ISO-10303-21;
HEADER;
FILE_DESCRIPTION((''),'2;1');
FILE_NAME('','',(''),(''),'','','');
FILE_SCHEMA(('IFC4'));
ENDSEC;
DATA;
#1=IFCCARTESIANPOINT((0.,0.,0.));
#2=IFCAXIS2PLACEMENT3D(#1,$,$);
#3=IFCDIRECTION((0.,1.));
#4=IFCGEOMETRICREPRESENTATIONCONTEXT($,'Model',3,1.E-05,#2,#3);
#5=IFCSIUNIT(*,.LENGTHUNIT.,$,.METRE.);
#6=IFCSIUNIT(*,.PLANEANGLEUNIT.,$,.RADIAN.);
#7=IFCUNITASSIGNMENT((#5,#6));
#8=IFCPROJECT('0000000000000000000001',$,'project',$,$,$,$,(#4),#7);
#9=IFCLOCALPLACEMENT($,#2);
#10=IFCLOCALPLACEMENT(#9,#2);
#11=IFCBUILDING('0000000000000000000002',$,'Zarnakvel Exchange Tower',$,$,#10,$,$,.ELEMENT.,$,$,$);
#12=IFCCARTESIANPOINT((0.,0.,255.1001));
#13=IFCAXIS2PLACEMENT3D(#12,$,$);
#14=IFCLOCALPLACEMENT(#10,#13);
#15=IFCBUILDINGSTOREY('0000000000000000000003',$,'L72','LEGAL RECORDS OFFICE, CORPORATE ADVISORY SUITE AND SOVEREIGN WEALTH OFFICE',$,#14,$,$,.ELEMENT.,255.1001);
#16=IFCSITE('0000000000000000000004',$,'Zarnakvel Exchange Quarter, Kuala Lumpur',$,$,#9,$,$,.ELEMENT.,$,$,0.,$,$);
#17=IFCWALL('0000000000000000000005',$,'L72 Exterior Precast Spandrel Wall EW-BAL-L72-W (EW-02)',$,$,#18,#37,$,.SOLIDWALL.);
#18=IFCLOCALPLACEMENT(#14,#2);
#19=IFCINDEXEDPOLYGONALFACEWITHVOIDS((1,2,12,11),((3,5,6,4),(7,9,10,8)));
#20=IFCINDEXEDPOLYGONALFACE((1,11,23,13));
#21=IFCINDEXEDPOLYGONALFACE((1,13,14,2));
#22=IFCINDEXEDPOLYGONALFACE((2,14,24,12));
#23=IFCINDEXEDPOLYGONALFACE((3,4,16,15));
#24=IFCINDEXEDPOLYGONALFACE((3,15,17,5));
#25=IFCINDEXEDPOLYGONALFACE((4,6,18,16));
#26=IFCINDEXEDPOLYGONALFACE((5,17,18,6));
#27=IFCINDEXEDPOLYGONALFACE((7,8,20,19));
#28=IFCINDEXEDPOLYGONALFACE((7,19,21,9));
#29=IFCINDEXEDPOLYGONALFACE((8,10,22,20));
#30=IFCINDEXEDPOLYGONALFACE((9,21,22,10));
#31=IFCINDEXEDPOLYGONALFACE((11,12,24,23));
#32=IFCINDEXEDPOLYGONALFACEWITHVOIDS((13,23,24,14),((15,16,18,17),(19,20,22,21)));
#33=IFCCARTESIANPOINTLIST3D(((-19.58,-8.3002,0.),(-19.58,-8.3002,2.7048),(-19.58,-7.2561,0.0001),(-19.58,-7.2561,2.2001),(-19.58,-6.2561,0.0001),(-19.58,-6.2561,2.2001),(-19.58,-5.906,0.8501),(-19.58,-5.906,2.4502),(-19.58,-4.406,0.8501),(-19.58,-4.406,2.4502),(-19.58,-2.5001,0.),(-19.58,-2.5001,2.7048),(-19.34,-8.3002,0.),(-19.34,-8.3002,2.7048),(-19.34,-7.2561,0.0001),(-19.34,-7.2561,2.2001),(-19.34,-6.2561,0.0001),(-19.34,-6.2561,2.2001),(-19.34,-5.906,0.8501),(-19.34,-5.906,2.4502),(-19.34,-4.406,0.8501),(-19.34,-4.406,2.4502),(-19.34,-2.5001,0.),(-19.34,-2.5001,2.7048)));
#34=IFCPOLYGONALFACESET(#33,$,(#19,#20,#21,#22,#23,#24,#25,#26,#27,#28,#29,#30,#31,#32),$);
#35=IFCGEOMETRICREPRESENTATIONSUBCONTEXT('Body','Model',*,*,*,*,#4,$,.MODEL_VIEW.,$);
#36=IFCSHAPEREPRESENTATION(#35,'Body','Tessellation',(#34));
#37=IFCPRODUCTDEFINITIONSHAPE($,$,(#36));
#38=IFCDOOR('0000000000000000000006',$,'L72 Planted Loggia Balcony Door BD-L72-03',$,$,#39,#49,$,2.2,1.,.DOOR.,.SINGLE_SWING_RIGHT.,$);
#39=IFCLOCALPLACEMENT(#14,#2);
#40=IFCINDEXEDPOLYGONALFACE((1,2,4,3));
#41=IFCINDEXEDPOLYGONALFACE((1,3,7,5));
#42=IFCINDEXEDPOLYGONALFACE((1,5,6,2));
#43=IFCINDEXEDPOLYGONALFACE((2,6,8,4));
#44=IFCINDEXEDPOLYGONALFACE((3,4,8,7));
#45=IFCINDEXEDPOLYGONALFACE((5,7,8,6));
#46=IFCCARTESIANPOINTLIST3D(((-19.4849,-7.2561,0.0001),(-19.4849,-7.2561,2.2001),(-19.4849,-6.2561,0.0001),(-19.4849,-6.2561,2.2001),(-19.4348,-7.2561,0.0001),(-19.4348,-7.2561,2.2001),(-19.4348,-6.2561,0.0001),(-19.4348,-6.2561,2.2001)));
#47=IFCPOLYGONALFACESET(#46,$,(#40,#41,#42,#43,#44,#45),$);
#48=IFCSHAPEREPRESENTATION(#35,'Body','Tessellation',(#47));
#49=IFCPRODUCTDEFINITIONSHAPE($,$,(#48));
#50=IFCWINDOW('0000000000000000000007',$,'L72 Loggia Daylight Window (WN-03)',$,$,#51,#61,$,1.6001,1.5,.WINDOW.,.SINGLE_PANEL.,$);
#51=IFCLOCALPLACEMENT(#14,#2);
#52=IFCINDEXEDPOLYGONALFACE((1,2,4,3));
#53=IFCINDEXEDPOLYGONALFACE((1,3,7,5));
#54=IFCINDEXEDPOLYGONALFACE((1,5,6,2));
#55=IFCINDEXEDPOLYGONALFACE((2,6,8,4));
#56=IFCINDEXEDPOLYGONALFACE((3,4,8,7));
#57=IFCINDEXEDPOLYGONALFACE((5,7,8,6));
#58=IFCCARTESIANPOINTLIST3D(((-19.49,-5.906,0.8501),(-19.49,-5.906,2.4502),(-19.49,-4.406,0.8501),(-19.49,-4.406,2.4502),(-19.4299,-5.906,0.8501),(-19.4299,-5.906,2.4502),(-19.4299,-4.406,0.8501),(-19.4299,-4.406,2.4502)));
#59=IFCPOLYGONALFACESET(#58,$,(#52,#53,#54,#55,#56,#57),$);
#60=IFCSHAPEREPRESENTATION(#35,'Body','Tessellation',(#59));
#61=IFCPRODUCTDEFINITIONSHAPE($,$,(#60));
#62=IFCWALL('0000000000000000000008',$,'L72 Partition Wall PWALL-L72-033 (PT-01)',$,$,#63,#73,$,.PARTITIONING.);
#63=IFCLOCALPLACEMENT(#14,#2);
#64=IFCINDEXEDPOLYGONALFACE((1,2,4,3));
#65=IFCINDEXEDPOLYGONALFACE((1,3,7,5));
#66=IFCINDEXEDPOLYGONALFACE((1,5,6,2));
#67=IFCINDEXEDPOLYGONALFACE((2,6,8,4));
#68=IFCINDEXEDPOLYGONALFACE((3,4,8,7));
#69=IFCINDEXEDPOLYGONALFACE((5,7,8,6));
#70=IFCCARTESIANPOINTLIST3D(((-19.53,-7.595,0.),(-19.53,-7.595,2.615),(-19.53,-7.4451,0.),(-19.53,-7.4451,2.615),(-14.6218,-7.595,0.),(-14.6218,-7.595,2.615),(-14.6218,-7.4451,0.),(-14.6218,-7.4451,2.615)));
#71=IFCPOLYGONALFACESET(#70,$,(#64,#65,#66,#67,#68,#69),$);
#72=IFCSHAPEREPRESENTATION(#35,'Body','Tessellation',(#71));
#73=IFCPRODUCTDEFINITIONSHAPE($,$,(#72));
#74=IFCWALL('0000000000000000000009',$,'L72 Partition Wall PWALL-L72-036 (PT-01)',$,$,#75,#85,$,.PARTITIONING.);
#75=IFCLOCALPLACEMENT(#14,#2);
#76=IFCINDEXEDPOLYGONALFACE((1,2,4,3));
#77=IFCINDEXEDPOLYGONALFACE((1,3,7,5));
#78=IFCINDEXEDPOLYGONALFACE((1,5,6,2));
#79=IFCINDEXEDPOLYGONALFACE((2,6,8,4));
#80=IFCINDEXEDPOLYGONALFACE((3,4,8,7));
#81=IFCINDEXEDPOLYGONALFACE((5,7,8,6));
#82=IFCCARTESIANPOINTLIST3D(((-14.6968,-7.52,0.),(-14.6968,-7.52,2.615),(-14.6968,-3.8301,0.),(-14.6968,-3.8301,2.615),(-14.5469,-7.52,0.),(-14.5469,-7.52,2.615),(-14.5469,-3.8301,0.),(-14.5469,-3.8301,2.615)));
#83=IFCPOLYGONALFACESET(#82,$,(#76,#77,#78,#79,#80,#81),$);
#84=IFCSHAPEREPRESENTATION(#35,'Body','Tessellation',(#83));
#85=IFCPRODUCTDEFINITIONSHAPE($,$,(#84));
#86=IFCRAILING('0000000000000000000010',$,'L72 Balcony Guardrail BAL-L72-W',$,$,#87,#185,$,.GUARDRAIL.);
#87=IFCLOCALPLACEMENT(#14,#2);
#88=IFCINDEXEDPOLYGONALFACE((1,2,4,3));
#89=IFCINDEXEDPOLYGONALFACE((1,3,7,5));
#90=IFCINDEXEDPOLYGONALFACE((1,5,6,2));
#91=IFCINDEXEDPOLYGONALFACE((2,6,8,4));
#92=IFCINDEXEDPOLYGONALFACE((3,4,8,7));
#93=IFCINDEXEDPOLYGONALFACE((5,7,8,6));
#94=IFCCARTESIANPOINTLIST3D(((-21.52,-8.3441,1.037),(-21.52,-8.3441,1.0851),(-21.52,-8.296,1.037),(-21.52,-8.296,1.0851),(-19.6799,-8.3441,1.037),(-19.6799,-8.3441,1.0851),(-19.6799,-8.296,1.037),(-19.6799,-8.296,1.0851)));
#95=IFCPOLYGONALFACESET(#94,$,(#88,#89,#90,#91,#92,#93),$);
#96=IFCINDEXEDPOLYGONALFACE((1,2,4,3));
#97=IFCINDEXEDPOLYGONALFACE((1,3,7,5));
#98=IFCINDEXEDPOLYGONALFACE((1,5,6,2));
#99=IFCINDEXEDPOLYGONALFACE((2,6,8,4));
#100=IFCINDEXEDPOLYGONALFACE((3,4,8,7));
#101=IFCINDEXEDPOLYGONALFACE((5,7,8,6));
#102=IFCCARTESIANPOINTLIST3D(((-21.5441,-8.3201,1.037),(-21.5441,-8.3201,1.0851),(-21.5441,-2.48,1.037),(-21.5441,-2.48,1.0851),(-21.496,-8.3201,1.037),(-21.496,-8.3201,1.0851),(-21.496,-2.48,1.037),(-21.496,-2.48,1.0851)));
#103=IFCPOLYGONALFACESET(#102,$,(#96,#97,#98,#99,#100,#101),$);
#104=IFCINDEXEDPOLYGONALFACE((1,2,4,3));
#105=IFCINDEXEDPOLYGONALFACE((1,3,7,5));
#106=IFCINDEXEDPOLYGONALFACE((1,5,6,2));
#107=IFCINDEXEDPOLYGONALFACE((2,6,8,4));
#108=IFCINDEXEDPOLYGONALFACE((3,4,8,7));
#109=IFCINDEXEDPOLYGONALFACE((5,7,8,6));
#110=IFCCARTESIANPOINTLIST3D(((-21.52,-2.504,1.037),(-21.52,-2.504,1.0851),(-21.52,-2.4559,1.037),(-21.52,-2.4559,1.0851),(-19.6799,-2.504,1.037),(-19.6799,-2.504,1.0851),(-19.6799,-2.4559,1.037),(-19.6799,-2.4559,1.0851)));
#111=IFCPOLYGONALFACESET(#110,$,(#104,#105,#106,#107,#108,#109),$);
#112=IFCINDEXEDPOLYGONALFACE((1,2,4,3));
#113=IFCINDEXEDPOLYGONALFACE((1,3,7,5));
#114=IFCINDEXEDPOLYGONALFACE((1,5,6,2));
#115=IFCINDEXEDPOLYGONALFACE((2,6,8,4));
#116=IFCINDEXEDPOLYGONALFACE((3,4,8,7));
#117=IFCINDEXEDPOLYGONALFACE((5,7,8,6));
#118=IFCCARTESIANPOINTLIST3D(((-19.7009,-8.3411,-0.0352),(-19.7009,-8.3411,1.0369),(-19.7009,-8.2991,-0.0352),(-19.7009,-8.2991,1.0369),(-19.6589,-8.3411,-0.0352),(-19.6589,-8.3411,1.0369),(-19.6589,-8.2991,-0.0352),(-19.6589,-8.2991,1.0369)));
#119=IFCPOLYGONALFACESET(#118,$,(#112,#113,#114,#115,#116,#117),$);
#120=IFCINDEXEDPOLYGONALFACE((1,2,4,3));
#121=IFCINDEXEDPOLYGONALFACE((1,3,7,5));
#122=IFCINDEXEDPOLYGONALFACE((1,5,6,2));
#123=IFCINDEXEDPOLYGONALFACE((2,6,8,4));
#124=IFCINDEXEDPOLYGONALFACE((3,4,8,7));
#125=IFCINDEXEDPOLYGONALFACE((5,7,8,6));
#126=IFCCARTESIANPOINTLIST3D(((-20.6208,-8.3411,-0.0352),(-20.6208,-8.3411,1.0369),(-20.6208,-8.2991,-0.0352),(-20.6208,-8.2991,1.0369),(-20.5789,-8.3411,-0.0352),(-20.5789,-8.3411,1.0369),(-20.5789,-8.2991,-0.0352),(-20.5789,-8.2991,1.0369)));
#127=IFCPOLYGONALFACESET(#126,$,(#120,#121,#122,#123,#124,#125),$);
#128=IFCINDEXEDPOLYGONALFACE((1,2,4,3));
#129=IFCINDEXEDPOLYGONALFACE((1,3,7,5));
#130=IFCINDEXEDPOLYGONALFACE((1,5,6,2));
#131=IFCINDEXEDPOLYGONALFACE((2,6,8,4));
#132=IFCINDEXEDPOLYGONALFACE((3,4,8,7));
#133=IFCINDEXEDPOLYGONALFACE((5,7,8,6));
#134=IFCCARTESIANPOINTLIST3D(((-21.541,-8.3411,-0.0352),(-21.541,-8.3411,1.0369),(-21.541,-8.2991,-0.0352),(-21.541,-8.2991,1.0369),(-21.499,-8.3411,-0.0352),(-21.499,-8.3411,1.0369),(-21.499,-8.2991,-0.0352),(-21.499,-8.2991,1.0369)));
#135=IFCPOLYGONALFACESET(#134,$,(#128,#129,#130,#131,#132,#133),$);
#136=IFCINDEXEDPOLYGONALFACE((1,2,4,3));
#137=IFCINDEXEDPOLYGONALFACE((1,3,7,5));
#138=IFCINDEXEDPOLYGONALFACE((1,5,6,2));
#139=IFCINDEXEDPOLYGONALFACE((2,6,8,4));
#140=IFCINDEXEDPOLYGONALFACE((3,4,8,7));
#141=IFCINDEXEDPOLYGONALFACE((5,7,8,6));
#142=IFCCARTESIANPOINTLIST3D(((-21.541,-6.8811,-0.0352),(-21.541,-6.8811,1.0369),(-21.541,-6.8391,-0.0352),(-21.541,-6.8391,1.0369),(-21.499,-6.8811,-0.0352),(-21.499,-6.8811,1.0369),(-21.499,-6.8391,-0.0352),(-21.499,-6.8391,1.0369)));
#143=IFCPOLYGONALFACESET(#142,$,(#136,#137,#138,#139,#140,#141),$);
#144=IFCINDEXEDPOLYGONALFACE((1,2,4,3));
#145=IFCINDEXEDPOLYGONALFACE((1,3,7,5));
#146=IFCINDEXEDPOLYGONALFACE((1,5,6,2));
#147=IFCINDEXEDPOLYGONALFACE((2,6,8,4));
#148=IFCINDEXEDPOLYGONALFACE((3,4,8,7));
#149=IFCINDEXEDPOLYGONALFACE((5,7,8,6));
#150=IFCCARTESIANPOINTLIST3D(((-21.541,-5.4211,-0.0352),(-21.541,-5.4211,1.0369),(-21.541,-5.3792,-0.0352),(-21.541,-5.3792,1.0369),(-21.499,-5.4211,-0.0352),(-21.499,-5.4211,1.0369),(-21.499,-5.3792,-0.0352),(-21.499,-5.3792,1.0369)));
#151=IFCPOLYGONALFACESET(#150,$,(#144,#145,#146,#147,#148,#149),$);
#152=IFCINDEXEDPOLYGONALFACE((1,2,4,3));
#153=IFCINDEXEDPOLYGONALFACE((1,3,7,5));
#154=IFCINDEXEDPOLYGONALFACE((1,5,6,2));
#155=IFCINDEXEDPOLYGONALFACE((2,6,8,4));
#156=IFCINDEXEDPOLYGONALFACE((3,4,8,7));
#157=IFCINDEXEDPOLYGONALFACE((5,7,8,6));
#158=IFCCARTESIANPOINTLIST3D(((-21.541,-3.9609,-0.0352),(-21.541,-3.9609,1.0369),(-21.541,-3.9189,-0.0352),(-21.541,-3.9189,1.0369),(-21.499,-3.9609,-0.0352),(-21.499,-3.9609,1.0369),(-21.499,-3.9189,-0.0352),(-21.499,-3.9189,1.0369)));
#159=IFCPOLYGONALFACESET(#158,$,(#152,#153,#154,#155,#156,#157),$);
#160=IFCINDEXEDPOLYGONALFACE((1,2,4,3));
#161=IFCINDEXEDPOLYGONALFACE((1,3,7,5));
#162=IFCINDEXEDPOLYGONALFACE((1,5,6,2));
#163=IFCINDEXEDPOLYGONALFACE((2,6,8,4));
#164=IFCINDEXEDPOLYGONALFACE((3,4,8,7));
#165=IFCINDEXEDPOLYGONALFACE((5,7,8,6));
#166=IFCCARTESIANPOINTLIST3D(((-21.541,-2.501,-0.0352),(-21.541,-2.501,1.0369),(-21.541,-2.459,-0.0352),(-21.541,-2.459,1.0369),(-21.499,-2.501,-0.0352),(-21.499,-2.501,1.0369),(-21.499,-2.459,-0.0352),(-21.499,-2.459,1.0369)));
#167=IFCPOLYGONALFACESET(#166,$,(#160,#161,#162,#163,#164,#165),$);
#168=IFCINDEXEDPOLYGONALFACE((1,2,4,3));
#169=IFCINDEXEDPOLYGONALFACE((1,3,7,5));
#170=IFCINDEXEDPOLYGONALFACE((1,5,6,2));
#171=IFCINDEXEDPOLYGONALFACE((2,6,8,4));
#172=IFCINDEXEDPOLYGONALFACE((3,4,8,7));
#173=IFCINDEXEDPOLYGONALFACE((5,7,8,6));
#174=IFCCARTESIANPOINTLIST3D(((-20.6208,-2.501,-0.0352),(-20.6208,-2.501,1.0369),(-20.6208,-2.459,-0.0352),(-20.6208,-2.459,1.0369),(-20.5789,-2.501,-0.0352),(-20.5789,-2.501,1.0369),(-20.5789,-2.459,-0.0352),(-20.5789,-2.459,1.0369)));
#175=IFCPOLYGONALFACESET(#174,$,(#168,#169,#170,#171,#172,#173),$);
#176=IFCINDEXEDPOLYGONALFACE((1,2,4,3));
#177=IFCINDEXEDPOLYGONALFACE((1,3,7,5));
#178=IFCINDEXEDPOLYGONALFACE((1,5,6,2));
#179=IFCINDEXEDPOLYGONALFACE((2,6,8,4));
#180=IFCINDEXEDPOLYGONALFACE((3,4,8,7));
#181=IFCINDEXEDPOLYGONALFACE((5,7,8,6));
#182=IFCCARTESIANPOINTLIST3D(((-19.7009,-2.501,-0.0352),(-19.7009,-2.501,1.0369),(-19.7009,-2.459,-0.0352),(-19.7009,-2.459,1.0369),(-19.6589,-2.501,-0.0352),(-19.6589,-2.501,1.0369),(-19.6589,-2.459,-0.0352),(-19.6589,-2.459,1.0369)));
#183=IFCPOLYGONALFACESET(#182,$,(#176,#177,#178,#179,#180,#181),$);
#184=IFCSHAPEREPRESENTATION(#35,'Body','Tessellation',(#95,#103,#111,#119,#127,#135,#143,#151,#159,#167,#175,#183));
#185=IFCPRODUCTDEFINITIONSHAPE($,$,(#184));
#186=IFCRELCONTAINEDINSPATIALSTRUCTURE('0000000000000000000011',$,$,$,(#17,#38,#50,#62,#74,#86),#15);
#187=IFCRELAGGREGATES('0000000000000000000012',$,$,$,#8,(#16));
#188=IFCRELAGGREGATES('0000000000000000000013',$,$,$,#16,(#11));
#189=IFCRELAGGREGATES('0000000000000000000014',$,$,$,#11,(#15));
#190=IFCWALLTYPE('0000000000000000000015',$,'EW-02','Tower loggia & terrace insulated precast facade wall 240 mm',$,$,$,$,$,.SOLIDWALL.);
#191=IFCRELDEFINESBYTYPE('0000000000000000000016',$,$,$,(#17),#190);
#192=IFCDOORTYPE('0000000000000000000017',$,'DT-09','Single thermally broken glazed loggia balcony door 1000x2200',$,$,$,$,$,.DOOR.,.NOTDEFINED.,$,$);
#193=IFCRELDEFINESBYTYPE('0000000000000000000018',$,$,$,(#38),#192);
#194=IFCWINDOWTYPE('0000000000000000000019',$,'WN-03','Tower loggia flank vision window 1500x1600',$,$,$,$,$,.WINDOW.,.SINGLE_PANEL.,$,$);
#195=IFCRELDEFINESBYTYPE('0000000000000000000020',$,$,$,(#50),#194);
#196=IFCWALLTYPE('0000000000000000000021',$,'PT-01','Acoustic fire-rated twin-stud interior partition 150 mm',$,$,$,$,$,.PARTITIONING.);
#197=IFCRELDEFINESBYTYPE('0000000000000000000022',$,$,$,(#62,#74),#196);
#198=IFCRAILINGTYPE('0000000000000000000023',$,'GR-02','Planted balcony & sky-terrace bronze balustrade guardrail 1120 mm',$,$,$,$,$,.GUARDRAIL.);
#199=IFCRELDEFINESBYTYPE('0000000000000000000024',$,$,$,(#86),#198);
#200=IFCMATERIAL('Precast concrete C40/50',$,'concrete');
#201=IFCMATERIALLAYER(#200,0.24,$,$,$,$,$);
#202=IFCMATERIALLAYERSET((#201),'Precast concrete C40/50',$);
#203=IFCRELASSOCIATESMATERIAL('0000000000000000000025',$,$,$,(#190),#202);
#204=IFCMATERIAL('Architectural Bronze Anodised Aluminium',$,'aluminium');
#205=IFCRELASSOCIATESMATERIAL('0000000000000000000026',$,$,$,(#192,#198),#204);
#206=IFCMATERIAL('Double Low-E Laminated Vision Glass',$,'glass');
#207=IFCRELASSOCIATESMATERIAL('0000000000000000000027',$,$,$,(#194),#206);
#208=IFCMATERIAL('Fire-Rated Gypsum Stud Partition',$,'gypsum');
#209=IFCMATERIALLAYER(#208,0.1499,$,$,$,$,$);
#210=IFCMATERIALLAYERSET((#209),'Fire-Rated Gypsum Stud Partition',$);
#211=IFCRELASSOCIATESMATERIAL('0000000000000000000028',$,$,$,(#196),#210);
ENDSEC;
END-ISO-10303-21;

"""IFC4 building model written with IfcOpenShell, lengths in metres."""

from ifc_helpers import new_model, si_unit, direction, frame, frame_2d, origin, origin_2d, place, context, subcontext, project, spatial, rectangle, extrude, source, transform, mapped, material, layer, layer_set, type_object, element, fill, save


model = new_model("IFC4")

# Units and contexts
model_context = context("Model", 3, precision=1e-05, world=origin(), true_north=direction((0.0, 1.0)))
body_context = subcontext(model_context, "Body", "Model", "MODEL_VIEW")
ifc_project = project(units=[si_unit("LENGTHUNIT", "METRE"), si_unit("PLANEANGLEUNIT", "RADIAN")], contexts=[model_context])

# Site, building, storey
site_placement = place(None, origin())
site = spatial("IfcSite", under=ifc_project, at=site_placement, Name="Zarnakvel Exchange Quarter, Kuala Lumpur", CompositionType="ELEMENT", RefElevation=0.0)
building_placement = place(site_placement, origin())
building = spatial("IfcBuilding", under=site, at=building_placement, Name="Zarnakvel Exchange Tower", CompositionType="ELEMENT")
storey_placement = place(building_placement, frame((0.0, 0.0, 255.1001)))
storey = spatial("IfcBuildingStorey", under=building, at=storey_placement, Name="L72", Description="LEGAL RECORDS OFFICE, CORPORATE ADVISORY SUITE AND SOVEREIGN WEALTH OFFICE", CompositionType="ELEMENT", Elevation=255.1001)

# Shared definitions
ifc_material_1 = material(Name="Architectural Bronze Anodised Aluminium", Category="aluminium")

# Wall, openings, door, window
ifc_material_2 = material(Name="Precast concrete C40/50", Category="concrete")
ifc_layer_1 = layer(ifc_material_2, 0.24)
ifc_layer_set_1 = layer_set([ifc_layer_1], Name="Precast concrete C40/50")
wall_type_1 = type_object("IfcWallType", Name="EW-02", Description="Tower loggia & terrace insulated precast facade wall 240 mm", PredefinedType="SOLIDWALL", material=ifc_layer_set_1)
wall_1_placement = place(storey_placement, frame((-19.46, -8.3, 0.0), z_axis=(0.0, 0.0, 1.0), x_axis=(0.0, 1.0, 0.0)))
wall_1 = element("IfcWall", 1, at=wall_1_placement, inside=storey, type_object=wall_type_1, Name="L72 Exterior Precast Spandrel Wall EW-BAL-L72-W (EW-02)", PredefinedType="SOLIDWALL", context=body_context, shape_type="SweptSolid", body=[
    extrude(rectangle(XDim=5.8, YDim=0.24, at=frame_2d((2.8999, 0.0))), origin(), (0.0, 0.0, 1.0), 2.7048),
])
opening_1_placement = place(wall_1_placement, frame((1.0439, 0.0, 0.0)))
opening_1 = element("IfcOpeningElement", 2, at=opening_1_placement, cuts=wall_1, PredefinedType="OPENING", context=body_context, shape_type="SweptSolid", body=[
    extrude(rectangle(XDim=1.0, YDim=2.2, at=frame_2d((0.5, 1.1001))), frame((0.0, 0.1299, 0.0), z_axis=(0.0, -1.0, 0.0), x_axis=(1.0, 0.0, 0.0)), (0.0, 0.0, 1.0), 0.26),
])
opening_2_placement = place(wall_1_placement, frame((2.394, 0.0, 0.8501)))
opening_2 = element("IfcOpeningElement", 3, at=opening_2_placement, cuts=wall_1, PredefinedType="OPENING", context=body_context, shape_type="SweptSolid", body=[
    extrude(rectangle(XDim=1.5, YDim=1.6001, at=frame_2d((0.75, 0.8))), frame((0.0, 0.1299, 0.0), z_axis=(0.0, -1.0, 0.0), x_axis=(1.0, 0.0, 0.0)), (0.0, 0.0, 1.0), 0.26),
])
door_type_1 = type_object("IfcDoorType", Name="DT-09", Description="Single thermally broken glazed loggia balcony door 1000x2200", OperationType="NOTDEFINED", PredefinedType="DOOR", material=ifc_material_1)
shared_shape_1 = source(origin(), body_context, "Body", "SweptSolid", [
    extrude(rectangle(XDim=1.0, YDim=2.2, at=frame_2d((0.5, 1.1001))), frame((0.0, 0.0249, 0.0), z_axis=(0.0, -1.0, 0.0), x_axis=(1.0, 0.0, 0.0)), (0.0, 0.0, 1.0), 0.05),
])
door_1_placement = place(opening_1_placement, origin())
door_1 = element("IfcDoor", 4, at=door_1_placement, inside=storey, type_object=door_type_1, Name="L72 Planted Loggia Balcony Door BD-L72-03", OperationType="SINGLE_SWING_RIGHT", OverallHeight=2.2, OverallWidth=1.0, PredefinedType="DOOR", context=body_context, shape_type="MappedRepresentation", body=[
    mapped(shared_shape_1, transform((0.0, 0.0, 0.0), x_axis=(1.0, 0.0, 0.0), y_axis=(0.0, 1.0, 0.0), z_axis=(0.0, 0.0, 1.0), scale=1.0)),
])
fill(opening_1, door_1)
ifc_material_3 = material(Name="Double Low-E Laminated Vision Glass", Category="glass")
window_type = type_object("IfcWindowType", Name="WN-03", Description="Tower loggia flank vision window 1500x1600", PartitioningType="SINGLE_PANEL", PredefinedType="WINDOW", material=ifc_material_3)
shared_shape_2 = source(origin(), body_context, "Body", "SweptSolid", [
    extrude(rectangle(XDim=1.5, YDim=1.6001, at=frame_2d((0.75, 0.8))), frame((0.0, 0.03, 0.0), z_axis=(0.0, -1.0, 0.0), x_axis=(1.0, 0.0, 0.0)), (0.0, 0.0, 1.0), 0.0601),
])
window_placement = place(opening_2_placement, origin())
window = element("IfcWindow", 5, at=window_placement, inside=storey, type_object=window_type, Name="L72 Loggia Daylight Window (WN-03)", OverallHeight=1.6001, OverallWidth=1.5, PartitioningType="SINGLE_PANEL", PredefinedType="WINDOW", context=body_context, shape_type="MappedRepresentation", body=[
    mapped(shared_shape_2, transform((0.0, 0.0, 0.0), x_axis=(1.0, 0.0, 0.0), y_axis=(0.0, 1.0, 0.0), z_axis=(0.0, 0.0, 1.0), scale=1.0)),
])
fill(opening_2, window)

# Wall
ifc_material_4 = material(Name="Fire-Rated Gypsum Stud Partition", Category="gypsum")
ifc_layer_2 = layer(ifc_material_4, 0.1499)
ifc_layer_set_2 = layer_set([ifc_layer_2], Name="Fire-Rated Gypsum Stud Partition")
wall_type_2 = type_object("IfcWallType", Name="PT-01", Description="Acoustic fire-rated twin-stud interior partition 150 mm", PredefinedType="PARTITIONING", material=ifc_layer_set_2)
wall_2_placement = place(storey_placement, frame((-14.6218, -7.52, 0.0), z_axis=(0.0, 0.0, 1.0), x_axis=(-1.0, 0.0, 0.0)))
element("IfcWall", 6, at=wall_2_placement, inside=storey, type_object=wall_type_2, Name="L72 Partition Wall PWALL-L72-033 (PT-01)", PredefinedType="PARTITIONING", context=body_context, shape_type="SweptSolid", body=[
    extrude(rectangle(XDim=4.9082, YDim=0.1499, at=frame_2d((2.4541, 0.0))), origin(), (0.0, 0.0, 1.0), 2.615),
])

# Wall
wall_3_placement = place(storey_placement, frame((-14.6218, -3.8301, 0.0), z_axis=(0.0, 0.0, 1.0), x_axis=(0.0, -1.0, 0.0)))
element("IfcWall", 7, at=wall_3_placement, inside=storey, type_object=wall_type_2, Name="L72 Partition Wall PWALL-L72-036 (PT-01)", PredefinedType="PARTITIONING", context=body_context, shape_type="SweptSolid", body=[
    extrude(rectangle(XDim=3.6899, YDim=0.1499, at=frame_2d((1.845, 0.0))), origin(), (0.0, 0.0, 1.0), 2.615),
])

# Railing
railing_type = type_object("IfcRailingType", Name="GR-02", Description="Planted balcony & sky-terrace bronze balustrade guardrail 1120 mm", PredefinedType="GUARDRAIL", material=ifc_material_1)
railing_1_placement = place(storey_placement, frame((-19.6799, -8.3201, -0.0352)))
element("IfcRailing", 8, at=railing_1_placement, inside=storey, type_object=railing_type, Name="L72 Balcony Guardrail BAL-L72-W", PredefinedType="GUARDRAIL", context=body_context, shape_type="SweptSolid", body=[
    extrude(rectangle(XDim=0.0481, YDim=0.0481, at=origin_2d()), frame((0.0, 0.0, 1.0962), z_axis=(-1.0, 0.0, 0.0), x_axis=(0.0, -1.0, 0.0)), (0.0, 0.0, 1.0), 1.8401),
    extrude(rectangle(XDim=0.0481, YDim=0.0481, at=origin_2d()), frame((-1.8401, 0.0, 1.0962), z_axis=(0.0, 1.0, 0.0), x_axis=(-1.0, 0.0, 0.0)), (0.0, 0.0, 1.0), 5.8401),
    extrude(rectangle(XDim=0.0481, YDim=0.0481, at=origin_2d()), frame((-1.8401, 5.8401, 1.0962), z_axis=(1.0, 0.0, 0.0), x_axis=(0.0, 1.0, 0.0)), (0.0, 0.0, 1.0), 1.8401),
    extrude(rectangle(XDim=0.042, YDim=0.042, at=origin_2d()), origin(), (0.0, 0.0, 1.0), 1.072),
    extrude(rectangle(XDim=0.042, YDim=0.042, at=origin_2d()), frame((-0.9199, 0.0, 0.0)), (0.0, 0.0, 1.0), 1.072),
    extrude(rectangle(XDim=0.042, YDim=0.042, at=origin_2d()), frame((-1.8401, 0.0, 0.0)), (0.0, 0.0, 1.0), 1.072),
    extrude(rectangle(XDim=0.042, YDim=0.042, at=origin_2d()), frame((-1.8401, 1.46, 0.0)), (0.0, 0.0, 1.0), 1.072),
    extrude(rectangle(XDim=0.042, YDim=0.042, at=origin_2d()), frame((-1.8401, 2.9199, 0.0)), (0.0, 0.0, 1.0), 1.072),
    extrude(rectangle(XDim=0.042, YDim=0.042, at=origin_2d()), frame((-1.8401, 4.3801, 0.0)), (0.0, 0.0, 1.0), 1.072),
    extrude(rectangle(XDim=0.042, YDim=0.042, at=origin_2d()), frame((-1.8401, 5.8401, 0.0)), (0.0, 0.0, 1.0), 1.072),
    extrude(rectangle(XDim=0.042, YDim=0.042, at=origin_2d()), frame((-0.9199, 5.8401, 0.0)), (0.0, 0.0, 1.0), 1.072),
    extrude(rectangle(XDim=0.042, YDim=0.042, at=origin_2d()), frame((0.0, 5.8401, 0.0)), (0.0, 0.0, 1.0), 1.072),
])

save(model, "model.ifc")
